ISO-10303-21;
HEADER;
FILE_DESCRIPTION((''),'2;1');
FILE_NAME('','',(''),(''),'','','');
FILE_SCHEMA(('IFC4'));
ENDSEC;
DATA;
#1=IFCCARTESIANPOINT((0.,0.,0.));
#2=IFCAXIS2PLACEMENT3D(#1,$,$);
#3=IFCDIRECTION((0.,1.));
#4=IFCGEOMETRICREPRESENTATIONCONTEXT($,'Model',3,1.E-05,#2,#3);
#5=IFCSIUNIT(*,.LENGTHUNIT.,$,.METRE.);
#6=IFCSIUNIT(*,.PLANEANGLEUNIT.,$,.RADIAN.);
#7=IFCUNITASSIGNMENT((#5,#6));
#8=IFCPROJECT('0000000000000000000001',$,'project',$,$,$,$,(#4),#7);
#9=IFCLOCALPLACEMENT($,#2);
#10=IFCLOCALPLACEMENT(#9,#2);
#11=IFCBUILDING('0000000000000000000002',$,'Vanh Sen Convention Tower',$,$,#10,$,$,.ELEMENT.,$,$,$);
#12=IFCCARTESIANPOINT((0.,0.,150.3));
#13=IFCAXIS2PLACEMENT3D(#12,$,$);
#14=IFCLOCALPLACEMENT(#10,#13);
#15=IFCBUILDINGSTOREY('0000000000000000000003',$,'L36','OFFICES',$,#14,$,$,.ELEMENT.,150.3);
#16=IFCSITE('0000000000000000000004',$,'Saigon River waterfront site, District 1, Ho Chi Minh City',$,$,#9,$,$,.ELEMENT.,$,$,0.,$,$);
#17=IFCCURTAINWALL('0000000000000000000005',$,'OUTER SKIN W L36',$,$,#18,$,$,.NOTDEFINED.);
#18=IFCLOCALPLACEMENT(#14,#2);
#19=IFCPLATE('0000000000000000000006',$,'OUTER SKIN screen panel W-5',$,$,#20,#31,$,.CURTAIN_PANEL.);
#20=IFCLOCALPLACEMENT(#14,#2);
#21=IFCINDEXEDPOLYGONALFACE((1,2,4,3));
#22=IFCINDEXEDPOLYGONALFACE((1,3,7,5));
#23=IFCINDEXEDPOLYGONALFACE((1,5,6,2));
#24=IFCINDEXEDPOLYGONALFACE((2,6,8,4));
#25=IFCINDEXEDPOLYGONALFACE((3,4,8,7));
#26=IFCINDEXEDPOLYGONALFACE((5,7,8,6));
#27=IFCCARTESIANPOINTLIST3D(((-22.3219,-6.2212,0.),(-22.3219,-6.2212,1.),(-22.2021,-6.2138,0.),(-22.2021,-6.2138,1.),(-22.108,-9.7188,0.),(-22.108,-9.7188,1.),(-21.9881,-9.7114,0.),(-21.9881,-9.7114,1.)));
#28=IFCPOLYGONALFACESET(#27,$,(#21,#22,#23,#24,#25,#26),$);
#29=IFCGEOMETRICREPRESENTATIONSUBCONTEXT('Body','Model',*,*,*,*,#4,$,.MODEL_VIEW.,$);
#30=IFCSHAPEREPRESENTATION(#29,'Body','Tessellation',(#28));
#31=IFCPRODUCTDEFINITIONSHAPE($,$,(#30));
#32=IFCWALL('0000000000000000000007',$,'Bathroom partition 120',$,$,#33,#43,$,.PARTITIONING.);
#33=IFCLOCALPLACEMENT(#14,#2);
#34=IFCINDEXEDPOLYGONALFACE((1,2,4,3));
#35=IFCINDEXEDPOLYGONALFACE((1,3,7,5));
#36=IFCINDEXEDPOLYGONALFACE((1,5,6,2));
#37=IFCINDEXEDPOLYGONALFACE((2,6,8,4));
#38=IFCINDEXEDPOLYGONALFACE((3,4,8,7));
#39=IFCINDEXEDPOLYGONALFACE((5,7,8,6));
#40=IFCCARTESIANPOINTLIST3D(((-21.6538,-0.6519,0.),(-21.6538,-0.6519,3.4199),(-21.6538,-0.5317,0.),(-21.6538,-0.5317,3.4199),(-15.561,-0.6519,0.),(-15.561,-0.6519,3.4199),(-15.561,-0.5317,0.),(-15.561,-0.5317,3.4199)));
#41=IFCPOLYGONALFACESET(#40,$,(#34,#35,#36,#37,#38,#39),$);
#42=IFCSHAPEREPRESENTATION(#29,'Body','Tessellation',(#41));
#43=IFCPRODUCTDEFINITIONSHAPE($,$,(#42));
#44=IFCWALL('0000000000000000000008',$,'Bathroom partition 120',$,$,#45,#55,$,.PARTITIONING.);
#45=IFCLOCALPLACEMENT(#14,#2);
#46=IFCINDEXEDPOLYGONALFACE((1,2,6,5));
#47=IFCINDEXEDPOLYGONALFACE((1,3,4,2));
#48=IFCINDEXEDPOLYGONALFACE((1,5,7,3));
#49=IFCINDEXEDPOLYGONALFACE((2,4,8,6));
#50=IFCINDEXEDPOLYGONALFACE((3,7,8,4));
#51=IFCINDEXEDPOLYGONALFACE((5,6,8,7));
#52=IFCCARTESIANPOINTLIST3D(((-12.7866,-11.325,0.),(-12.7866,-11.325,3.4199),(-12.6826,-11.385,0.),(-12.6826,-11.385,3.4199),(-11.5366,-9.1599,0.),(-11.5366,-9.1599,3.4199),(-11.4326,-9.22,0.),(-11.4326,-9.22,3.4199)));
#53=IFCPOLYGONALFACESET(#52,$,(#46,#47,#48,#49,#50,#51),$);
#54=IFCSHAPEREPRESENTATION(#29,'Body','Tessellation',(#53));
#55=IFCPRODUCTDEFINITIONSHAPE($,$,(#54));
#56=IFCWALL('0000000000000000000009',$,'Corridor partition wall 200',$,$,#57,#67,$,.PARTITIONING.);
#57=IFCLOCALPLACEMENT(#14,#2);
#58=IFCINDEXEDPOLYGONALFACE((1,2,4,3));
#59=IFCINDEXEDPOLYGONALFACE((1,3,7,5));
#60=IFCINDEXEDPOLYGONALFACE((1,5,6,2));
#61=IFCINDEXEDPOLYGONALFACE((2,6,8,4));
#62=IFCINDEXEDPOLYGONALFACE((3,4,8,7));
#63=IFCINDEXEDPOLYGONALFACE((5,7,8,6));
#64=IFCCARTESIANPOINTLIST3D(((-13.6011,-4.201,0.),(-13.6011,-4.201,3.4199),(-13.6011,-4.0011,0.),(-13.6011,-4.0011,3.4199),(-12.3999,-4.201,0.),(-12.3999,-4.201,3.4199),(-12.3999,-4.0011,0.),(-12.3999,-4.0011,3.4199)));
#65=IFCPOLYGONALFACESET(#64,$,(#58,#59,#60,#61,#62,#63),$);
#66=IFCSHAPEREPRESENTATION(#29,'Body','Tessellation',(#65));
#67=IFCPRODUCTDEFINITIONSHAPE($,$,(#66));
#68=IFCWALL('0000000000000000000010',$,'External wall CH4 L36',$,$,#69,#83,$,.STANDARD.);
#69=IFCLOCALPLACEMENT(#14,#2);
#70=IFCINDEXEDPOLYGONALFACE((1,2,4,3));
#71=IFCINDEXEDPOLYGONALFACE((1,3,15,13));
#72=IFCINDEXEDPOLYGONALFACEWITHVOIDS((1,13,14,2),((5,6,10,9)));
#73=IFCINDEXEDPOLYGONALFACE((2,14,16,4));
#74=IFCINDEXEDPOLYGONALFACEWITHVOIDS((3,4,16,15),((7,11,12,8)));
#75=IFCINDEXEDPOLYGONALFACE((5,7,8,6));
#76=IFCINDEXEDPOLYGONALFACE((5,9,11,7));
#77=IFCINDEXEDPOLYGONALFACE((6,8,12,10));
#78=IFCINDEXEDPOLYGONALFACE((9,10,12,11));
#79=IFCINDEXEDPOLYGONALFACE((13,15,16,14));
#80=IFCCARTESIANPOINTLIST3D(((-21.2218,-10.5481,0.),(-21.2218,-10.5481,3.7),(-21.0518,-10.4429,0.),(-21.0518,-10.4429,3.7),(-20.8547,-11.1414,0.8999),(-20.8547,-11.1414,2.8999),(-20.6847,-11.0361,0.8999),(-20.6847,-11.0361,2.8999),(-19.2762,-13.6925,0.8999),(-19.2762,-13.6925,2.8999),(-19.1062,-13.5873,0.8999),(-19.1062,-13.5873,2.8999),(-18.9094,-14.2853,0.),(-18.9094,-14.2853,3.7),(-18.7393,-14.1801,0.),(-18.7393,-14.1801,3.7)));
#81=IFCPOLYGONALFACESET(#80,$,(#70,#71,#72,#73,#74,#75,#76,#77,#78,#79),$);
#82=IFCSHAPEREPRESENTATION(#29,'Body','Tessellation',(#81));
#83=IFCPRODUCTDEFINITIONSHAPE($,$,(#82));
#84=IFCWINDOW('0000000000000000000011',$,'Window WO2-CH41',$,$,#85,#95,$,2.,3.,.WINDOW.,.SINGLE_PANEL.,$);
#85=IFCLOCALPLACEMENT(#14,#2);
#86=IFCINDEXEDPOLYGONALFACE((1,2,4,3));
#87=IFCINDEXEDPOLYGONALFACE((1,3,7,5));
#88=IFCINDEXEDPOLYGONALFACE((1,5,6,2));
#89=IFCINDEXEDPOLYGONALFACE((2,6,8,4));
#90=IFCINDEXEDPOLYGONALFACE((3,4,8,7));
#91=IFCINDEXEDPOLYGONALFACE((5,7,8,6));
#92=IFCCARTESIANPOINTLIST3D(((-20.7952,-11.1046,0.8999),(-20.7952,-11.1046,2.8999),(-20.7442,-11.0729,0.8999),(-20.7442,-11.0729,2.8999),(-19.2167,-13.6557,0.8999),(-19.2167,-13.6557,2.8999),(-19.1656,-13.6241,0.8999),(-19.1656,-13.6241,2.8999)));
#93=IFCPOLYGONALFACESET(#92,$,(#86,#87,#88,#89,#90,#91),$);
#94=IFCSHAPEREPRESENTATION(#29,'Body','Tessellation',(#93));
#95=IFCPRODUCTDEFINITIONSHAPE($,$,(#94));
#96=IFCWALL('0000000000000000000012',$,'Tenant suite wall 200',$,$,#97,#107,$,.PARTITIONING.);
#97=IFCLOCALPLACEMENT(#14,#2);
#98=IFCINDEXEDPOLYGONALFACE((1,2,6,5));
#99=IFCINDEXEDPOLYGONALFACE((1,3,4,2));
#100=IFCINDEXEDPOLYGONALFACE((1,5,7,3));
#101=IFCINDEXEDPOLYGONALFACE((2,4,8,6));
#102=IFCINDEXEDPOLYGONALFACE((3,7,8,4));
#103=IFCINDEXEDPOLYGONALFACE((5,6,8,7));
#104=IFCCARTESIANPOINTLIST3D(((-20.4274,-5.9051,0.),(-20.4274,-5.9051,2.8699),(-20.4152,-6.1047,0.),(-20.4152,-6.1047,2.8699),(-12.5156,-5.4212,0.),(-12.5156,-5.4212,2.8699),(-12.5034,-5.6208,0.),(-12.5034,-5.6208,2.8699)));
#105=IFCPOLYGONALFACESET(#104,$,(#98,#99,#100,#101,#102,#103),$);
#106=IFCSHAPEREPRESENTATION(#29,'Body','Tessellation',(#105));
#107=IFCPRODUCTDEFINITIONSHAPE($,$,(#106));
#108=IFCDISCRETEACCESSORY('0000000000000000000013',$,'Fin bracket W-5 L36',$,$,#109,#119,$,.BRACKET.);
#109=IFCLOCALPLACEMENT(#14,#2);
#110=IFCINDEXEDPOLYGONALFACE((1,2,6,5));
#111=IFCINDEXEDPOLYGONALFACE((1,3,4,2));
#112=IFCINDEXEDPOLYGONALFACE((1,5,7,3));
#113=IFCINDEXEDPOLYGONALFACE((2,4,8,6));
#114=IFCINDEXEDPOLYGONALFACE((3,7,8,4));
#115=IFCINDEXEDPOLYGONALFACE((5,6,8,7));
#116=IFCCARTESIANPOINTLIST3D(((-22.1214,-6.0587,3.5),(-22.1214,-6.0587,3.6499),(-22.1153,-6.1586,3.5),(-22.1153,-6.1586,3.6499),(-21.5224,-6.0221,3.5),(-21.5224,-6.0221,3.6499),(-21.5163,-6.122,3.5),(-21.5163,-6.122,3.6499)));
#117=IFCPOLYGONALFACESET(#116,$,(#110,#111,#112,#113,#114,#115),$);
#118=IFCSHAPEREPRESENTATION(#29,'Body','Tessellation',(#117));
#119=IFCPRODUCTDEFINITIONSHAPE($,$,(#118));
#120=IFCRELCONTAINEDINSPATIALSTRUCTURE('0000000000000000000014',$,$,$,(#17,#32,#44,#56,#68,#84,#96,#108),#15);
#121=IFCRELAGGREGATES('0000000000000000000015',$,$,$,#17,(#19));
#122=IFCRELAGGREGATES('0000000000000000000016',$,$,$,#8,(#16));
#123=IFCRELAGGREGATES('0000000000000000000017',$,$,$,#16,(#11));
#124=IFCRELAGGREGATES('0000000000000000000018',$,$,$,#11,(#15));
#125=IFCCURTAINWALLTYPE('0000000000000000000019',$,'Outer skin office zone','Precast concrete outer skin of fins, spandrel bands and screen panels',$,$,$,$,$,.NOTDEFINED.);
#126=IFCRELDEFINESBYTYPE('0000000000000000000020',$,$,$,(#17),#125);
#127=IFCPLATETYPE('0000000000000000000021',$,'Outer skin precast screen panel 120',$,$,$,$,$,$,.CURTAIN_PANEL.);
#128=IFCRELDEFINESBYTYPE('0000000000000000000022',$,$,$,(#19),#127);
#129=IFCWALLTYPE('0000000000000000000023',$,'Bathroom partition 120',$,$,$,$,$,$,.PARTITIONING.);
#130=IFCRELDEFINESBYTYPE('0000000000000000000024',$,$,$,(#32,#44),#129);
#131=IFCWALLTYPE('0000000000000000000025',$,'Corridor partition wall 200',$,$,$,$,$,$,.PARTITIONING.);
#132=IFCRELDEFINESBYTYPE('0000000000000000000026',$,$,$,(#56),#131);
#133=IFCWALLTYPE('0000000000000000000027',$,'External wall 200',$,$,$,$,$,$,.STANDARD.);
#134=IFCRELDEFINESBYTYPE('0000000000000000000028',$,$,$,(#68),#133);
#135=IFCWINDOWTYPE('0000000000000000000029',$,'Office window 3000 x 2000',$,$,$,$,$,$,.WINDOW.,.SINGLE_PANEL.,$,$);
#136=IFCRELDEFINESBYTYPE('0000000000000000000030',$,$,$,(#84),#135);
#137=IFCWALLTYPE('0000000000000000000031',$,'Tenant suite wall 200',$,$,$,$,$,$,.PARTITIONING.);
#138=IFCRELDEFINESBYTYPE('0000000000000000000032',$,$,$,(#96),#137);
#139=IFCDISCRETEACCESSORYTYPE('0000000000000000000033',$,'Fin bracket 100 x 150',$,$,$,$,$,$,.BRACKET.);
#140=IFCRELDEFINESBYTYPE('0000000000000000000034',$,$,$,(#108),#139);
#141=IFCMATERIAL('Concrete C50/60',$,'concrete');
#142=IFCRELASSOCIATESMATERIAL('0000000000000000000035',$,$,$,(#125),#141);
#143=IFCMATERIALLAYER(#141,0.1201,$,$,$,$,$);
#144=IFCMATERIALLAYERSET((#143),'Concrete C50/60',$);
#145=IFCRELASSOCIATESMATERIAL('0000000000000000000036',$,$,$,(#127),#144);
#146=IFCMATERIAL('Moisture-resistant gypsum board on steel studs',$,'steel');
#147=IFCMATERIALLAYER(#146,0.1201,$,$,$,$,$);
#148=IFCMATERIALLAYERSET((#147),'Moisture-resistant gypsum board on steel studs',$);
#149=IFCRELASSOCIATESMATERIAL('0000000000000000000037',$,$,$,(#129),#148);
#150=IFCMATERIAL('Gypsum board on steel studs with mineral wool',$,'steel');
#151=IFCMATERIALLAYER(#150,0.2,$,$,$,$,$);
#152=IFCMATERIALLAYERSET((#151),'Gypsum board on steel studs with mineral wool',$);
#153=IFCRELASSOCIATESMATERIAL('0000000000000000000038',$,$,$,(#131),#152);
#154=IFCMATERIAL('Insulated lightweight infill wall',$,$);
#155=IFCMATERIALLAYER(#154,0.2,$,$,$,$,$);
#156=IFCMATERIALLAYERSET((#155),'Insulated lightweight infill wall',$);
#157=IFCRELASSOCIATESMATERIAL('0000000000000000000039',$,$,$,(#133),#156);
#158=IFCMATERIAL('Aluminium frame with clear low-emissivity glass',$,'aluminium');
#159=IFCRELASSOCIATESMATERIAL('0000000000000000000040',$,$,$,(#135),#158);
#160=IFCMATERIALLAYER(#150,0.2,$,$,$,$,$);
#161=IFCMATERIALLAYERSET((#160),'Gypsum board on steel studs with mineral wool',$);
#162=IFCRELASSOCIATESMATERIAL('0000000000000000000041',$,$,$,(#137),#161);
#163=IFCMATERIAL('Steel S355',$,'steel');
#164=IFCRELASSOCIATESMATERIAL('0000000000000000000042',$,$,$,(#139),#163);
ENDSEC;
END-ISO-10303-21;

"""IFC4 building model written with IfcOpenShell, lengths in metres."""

from ifc_helpers import new_model, si_unit, direction, frame, frame_2d, origin, origin_2d, place, context, subcontext, project, spatial, rectangle, extrude, material, layer, layer_set, type_object, element, fill, aggregate, save


model = new_model("IFC4")

# Units and contexts
model_context = context("Model", 3, precision=1e-05, world=origin(), true_north=direction((0.0, 1.0)))
body_context = subcontext(model_context, "Body", "Model", "MODEL_VIEW")
ifc_project = project(units=[si_unit("LENGTHUNIT", "METRE"), si_unit("PLANEANGLEUNIT", "RADIAN")], contexts=[model_context])

# Site, building, storey
site_placement = place(None, origin())
site = spatial("IfcSite", under=ifc_project, at=site_placement, Name="Saigon River waterfront site, District 1, Ho Chi Minh City", CompositionType="ELEMENT", RefElevation=0.0)
building_placement = place(site_placement, origin())
building = spatial("IfcBuilding", under=site, at=building_placement, Name="Vanh Sen Convention Tower", CompositionType="ELEMENT")
storey_placement = place(building_placement, frame((0.0, 0.0, 150.3)))
storey = spatial("IfcBuildingStorey", under=building, at=storey_placement, Name="L36", Description="OFFICES", CompositionType="ELEMENT", Elevation=150.3)

# Curtain wall
ifc_material_1 = material(Name="Concrete C50/60", Category="concrete")
curtain_wall_type = type_object("IfcCurtainWallType", Name="Outer skin office zone", Description="Precast concrete outer skin of fins, spandrel bands and screen panels", PredefinedType="NOTDEFINED", material=ifc_material_1)
curtain_wall_1_placement = place(storey_placement, origin())
curtain_wall_1 = element("IfcCurtainWall", 1, at=curtain_wall_1_placement, inside=storey, type_object=curtain_wall_type, Name="OUTER SKIN W L36", PredefinedType="NOTDEFINED")

# Plate
ifc_layer_1 = layer(ifc_material_1, 0.1201)
ifc_layer_set_1 = layer_set([ifc_layer_1], Name="Concrete C50/60")
plate_type = type_object("IfcPlateType", Name="Outer skin precast screen panel 120", PredefinedType="CURTAIN_PANEL", material=ifc_layer_set_1)
plate_1_placement = place(storey_placement, frame((-22.155, -7.9663, 0.0), z_axis=(0.0, 0.0, 1.0), x_axis=(0.061054, -0.998134, 0.0)))
plate_1 = element("IfcPlate", 2, at=plate_1_placement, type_object=plate_type, Name="OUTER SKIN screen panel W-5", PredefinedType="CURTAIN_PANEL", context=body_context, shape_type="SweptSolid", body=[
    extrude(rectangle(XDim=3.5042, YDim=0.1201, at=origin_2d()), origin(), (0.0, 0.0, 1.0), 1.0),
])
aggregate(curtain_wall_1, [plate_1])

# Walls
ifc_material_2 = material(Name="Moisture-resistant gypsum board on steel studs", Category="steel")
ifc_layer_2 = layer(ifc_material_2, 0.1201)
ifc_layer_set_2 = layer_set([ifc_layer_2], Name="Moisture-resistant gypsum board on steel studs")
wall_type_1 = type_object("IfcWallType", Name="Bathroom partition 120", PredefinedType="PARTITIONING", material=ifc_layer_set_2)
wall_1_placement = place(storey_placement, frame((-21.6538, -0.5918, 0.0), z_axis=(0.0, 0.0, 1.0), x_axis=(1.0, 0.0, 0.0)))
element("IfcWall", 3, at=wall_1_placement, inside=storey, type_object=wall_type_1, Name="Bathroom partition 120", PredefinedType="PARTITIONING", context=body_context, shape_type="SweptSolid", body=[
    extrude(rectangle(XDim=6.0928, YDim=0.1201, at=frame_2d((3.0464, 0.0))), origin(), (0.0, 0.0, 1.0), 3.4199),
])
wall_2_placement = place(storey_placement, frame((-12.7346, -11.355, 0.0), z_axis=(0.0, 0.0, 1.0), x_axis=(0.500004, 0.866023, 0.0)))
element("IfcWall", 4, at=wall_2_placement, inside=storey, type_object=wall_type_1, Name="Bathroom partition 120", PredefinedType="PARTITIONING", context=body_context, shape_type="SweptSolid", body=[
    extrude(rectangle(XDim=2.5, YDim=0.1201, at=frame_2d((1.25, 0.0))), origin(), (0.0, 0.0, 1.0), 3.4199),
])
ifc_material_3 = material(Name="Gypsum board on steel studs with mineral wool", Category="steel")
ifc_layer_3 = layer(ifc_material_3, 0.2)
ifc_layer_set_3 = layer_set([ifc_layer_3], Name="Gypsum board on steel studs with mineral wool")
wall_type_2 = type_object("IfcWallType", Name="Corridor partition wall 200", PredefinedType="PARTITIONING", material=ifc_layer_set_3)
wall_3_placement = place(storey_placement, frame((-13.6011, -4.1011, 0.0), z_axis=(0.0, 0.0, 1.0), x_axis=(1.0, 0.0, 0.0)))
element("IfcWall", 5, at=wall_3_placement, inside=storey, type_object=wall_type_2, Name="Corridor partition wall 200", PredefinedType="PARTITIONING", context=body_context, shape_type="SweptSolid", body=[
    extrude(rectangle(XDim=1.2012, YDim=0.2, at=frame_2d((0.6006, 0.0))), origin(), (0.0, 0.0, 1.0), 3.4199),
])

# Wall, opening, window
ifc_material_4 = material(Name="Insulated lightweight infill wall")
ifc_layer_4 = layer(ifc_material_4, 0.2)
ifc_layer_set_4 = layer_set([ifc_layer_4], Name="Insulated lightweight infill wall")
wall_type_3 = type_object("IfcWallType", Name="External wall 200", PredefinedType="STANDARD", material=ifc_layer_set_4)
wall_4_placement = place(storey_placement, frame((-21.1367, -10.4956, 0.0), z_axis=(0.0, 0.0, 1.0), x_axis=(0.526179, -0.850374, 0.0)))
wall_4 = element("IfcWall", 6, at=wall_4_placement, inside=storey, type_object=wall_type_3, Name="External wall CH4 L36", PredefinedType="STANDARD", context=body_context, shape_type="SweptSolid", body=[
    extrude(rectangle(XDim=4.3948, YDim=0.2, at=frame_2d((2.1973, 0.0))), origin(), (0.0, 0.0, 1.0), 3.7),
])
opening_placement = place(wall_4_placement, frame((0.6975, 0.0, 0.8999)))
opening = element("IfcOpeningElement", 7, at=opening_placement, cuts=wall_4, PredefinedType="OPENING", context=body_context, shape_type="SweptSolid", body=[
    extrude(rectangle(XDim=3.0, YDim=2.0, at=frame_2d((1.5, 1.0))), frame((0.0, 0.1099, 0.0), z_axis=(0.0, -1.0, 0.0), x_axis=(1.0, 0.0, 0.0)), (0.0, 0.0, 1.0), 0.22),
])
ifc_material_5 = material(Name="Aluminium frame with clear low-emissivity glass", Category="aluminium")
window_type = type_object("IfcWindowType", Name="Office window 3000 x 2000", PartitioningType="SINGLE_PANEL", PredefinedType="WINDOW", material=ifc_material_5)
window_placement = place(opening_placement, origin())
window = element("IfcWindow", 8, at=window_placement, inside=storey, type_object=window_type, Name="Window WO2-CH41", OverallHeight=2.0, OverallWidth=3.0, PartitioningType="SINGLE_PANEL", PredefinedType="WINDOW", context=body_context, shape_type="SweptSolid", body=[
    extrude(rectangle(XDim=3.0, YDim=2.0, at=frame_2d((1.5, 1.0))), frame((0.0, 0.03, 0.0), z_axis=(0.0, -1.0, 0.0), x_axis=(1.0, 0.0, 0.0)), (0.0, 0.0, 1.0), 0.0601),
])
fill(opening, window)

# Wall
ifc_layer_5 = layer(ifc_material_3, 0.2)
ifc_layer_set_5 = layer_set([ifc_layer_5], Name="Gypsum board on steel studs with mineral wool")
wall_type_4 = type_object("IfcWallType", Name="Tenant suite wall 200", PredefinedType="PARTITIONING", material=ifc_layer_set_5)
wall_5_placement = place(storey_placement, frame((-20.4214, -6.0049, 0.0), z_axis=(0.0, 0.0, 1.0), x_axis=(0.998135, 0.061047, 0.0)))
element("IfcWall", 9, at=wall_5_placement, inside=storey, type_object=wall_type_4, Name="Tenant suite wall 200", PredefinedType="PARTITIONING", context=body_context, shape_type="SweptSolid", body=[
    extrude(rectangle(XDim=7.9265, YDim=0.2, at=frame_2d((3.9634, 0.0))), origin(), (0.0, 0.0, 1.0), 2.8699),
])

# Discrete accessory
ifc_material_6 = material(Name="Steel S355", Category="steel")
discrete_accessory_type = type_object("IfcDiscreteAccessoryType", Name="Fin bracket 100 x 150", PredefinedType="BRACKET", material=ifc_material_6)
discrete_accessory_placement = place(storey_placement, frame((-21.8188, -6.0903, 3.5), z_axis=(0.0, 0.0, 1.0), x_axis=(-0.998135, -0.061049, 0.0)))
element("IfcDiscreteAccessory", 10, at=discrete_accessory_placement, inside=storey, type_object=discrete_accessory_type, Name="Fin bracket W-5 L36", PredefinedType="BRACKET", context=body_context, shape_type="SweptSolid", body=[
    extrude(rectangle(XDim=0.6001, YDim=0.1001, at=origin_2d()), origin(), (0.0, 0.0, 1.0), 0.1499),
])

save(model, "model.ifc")
